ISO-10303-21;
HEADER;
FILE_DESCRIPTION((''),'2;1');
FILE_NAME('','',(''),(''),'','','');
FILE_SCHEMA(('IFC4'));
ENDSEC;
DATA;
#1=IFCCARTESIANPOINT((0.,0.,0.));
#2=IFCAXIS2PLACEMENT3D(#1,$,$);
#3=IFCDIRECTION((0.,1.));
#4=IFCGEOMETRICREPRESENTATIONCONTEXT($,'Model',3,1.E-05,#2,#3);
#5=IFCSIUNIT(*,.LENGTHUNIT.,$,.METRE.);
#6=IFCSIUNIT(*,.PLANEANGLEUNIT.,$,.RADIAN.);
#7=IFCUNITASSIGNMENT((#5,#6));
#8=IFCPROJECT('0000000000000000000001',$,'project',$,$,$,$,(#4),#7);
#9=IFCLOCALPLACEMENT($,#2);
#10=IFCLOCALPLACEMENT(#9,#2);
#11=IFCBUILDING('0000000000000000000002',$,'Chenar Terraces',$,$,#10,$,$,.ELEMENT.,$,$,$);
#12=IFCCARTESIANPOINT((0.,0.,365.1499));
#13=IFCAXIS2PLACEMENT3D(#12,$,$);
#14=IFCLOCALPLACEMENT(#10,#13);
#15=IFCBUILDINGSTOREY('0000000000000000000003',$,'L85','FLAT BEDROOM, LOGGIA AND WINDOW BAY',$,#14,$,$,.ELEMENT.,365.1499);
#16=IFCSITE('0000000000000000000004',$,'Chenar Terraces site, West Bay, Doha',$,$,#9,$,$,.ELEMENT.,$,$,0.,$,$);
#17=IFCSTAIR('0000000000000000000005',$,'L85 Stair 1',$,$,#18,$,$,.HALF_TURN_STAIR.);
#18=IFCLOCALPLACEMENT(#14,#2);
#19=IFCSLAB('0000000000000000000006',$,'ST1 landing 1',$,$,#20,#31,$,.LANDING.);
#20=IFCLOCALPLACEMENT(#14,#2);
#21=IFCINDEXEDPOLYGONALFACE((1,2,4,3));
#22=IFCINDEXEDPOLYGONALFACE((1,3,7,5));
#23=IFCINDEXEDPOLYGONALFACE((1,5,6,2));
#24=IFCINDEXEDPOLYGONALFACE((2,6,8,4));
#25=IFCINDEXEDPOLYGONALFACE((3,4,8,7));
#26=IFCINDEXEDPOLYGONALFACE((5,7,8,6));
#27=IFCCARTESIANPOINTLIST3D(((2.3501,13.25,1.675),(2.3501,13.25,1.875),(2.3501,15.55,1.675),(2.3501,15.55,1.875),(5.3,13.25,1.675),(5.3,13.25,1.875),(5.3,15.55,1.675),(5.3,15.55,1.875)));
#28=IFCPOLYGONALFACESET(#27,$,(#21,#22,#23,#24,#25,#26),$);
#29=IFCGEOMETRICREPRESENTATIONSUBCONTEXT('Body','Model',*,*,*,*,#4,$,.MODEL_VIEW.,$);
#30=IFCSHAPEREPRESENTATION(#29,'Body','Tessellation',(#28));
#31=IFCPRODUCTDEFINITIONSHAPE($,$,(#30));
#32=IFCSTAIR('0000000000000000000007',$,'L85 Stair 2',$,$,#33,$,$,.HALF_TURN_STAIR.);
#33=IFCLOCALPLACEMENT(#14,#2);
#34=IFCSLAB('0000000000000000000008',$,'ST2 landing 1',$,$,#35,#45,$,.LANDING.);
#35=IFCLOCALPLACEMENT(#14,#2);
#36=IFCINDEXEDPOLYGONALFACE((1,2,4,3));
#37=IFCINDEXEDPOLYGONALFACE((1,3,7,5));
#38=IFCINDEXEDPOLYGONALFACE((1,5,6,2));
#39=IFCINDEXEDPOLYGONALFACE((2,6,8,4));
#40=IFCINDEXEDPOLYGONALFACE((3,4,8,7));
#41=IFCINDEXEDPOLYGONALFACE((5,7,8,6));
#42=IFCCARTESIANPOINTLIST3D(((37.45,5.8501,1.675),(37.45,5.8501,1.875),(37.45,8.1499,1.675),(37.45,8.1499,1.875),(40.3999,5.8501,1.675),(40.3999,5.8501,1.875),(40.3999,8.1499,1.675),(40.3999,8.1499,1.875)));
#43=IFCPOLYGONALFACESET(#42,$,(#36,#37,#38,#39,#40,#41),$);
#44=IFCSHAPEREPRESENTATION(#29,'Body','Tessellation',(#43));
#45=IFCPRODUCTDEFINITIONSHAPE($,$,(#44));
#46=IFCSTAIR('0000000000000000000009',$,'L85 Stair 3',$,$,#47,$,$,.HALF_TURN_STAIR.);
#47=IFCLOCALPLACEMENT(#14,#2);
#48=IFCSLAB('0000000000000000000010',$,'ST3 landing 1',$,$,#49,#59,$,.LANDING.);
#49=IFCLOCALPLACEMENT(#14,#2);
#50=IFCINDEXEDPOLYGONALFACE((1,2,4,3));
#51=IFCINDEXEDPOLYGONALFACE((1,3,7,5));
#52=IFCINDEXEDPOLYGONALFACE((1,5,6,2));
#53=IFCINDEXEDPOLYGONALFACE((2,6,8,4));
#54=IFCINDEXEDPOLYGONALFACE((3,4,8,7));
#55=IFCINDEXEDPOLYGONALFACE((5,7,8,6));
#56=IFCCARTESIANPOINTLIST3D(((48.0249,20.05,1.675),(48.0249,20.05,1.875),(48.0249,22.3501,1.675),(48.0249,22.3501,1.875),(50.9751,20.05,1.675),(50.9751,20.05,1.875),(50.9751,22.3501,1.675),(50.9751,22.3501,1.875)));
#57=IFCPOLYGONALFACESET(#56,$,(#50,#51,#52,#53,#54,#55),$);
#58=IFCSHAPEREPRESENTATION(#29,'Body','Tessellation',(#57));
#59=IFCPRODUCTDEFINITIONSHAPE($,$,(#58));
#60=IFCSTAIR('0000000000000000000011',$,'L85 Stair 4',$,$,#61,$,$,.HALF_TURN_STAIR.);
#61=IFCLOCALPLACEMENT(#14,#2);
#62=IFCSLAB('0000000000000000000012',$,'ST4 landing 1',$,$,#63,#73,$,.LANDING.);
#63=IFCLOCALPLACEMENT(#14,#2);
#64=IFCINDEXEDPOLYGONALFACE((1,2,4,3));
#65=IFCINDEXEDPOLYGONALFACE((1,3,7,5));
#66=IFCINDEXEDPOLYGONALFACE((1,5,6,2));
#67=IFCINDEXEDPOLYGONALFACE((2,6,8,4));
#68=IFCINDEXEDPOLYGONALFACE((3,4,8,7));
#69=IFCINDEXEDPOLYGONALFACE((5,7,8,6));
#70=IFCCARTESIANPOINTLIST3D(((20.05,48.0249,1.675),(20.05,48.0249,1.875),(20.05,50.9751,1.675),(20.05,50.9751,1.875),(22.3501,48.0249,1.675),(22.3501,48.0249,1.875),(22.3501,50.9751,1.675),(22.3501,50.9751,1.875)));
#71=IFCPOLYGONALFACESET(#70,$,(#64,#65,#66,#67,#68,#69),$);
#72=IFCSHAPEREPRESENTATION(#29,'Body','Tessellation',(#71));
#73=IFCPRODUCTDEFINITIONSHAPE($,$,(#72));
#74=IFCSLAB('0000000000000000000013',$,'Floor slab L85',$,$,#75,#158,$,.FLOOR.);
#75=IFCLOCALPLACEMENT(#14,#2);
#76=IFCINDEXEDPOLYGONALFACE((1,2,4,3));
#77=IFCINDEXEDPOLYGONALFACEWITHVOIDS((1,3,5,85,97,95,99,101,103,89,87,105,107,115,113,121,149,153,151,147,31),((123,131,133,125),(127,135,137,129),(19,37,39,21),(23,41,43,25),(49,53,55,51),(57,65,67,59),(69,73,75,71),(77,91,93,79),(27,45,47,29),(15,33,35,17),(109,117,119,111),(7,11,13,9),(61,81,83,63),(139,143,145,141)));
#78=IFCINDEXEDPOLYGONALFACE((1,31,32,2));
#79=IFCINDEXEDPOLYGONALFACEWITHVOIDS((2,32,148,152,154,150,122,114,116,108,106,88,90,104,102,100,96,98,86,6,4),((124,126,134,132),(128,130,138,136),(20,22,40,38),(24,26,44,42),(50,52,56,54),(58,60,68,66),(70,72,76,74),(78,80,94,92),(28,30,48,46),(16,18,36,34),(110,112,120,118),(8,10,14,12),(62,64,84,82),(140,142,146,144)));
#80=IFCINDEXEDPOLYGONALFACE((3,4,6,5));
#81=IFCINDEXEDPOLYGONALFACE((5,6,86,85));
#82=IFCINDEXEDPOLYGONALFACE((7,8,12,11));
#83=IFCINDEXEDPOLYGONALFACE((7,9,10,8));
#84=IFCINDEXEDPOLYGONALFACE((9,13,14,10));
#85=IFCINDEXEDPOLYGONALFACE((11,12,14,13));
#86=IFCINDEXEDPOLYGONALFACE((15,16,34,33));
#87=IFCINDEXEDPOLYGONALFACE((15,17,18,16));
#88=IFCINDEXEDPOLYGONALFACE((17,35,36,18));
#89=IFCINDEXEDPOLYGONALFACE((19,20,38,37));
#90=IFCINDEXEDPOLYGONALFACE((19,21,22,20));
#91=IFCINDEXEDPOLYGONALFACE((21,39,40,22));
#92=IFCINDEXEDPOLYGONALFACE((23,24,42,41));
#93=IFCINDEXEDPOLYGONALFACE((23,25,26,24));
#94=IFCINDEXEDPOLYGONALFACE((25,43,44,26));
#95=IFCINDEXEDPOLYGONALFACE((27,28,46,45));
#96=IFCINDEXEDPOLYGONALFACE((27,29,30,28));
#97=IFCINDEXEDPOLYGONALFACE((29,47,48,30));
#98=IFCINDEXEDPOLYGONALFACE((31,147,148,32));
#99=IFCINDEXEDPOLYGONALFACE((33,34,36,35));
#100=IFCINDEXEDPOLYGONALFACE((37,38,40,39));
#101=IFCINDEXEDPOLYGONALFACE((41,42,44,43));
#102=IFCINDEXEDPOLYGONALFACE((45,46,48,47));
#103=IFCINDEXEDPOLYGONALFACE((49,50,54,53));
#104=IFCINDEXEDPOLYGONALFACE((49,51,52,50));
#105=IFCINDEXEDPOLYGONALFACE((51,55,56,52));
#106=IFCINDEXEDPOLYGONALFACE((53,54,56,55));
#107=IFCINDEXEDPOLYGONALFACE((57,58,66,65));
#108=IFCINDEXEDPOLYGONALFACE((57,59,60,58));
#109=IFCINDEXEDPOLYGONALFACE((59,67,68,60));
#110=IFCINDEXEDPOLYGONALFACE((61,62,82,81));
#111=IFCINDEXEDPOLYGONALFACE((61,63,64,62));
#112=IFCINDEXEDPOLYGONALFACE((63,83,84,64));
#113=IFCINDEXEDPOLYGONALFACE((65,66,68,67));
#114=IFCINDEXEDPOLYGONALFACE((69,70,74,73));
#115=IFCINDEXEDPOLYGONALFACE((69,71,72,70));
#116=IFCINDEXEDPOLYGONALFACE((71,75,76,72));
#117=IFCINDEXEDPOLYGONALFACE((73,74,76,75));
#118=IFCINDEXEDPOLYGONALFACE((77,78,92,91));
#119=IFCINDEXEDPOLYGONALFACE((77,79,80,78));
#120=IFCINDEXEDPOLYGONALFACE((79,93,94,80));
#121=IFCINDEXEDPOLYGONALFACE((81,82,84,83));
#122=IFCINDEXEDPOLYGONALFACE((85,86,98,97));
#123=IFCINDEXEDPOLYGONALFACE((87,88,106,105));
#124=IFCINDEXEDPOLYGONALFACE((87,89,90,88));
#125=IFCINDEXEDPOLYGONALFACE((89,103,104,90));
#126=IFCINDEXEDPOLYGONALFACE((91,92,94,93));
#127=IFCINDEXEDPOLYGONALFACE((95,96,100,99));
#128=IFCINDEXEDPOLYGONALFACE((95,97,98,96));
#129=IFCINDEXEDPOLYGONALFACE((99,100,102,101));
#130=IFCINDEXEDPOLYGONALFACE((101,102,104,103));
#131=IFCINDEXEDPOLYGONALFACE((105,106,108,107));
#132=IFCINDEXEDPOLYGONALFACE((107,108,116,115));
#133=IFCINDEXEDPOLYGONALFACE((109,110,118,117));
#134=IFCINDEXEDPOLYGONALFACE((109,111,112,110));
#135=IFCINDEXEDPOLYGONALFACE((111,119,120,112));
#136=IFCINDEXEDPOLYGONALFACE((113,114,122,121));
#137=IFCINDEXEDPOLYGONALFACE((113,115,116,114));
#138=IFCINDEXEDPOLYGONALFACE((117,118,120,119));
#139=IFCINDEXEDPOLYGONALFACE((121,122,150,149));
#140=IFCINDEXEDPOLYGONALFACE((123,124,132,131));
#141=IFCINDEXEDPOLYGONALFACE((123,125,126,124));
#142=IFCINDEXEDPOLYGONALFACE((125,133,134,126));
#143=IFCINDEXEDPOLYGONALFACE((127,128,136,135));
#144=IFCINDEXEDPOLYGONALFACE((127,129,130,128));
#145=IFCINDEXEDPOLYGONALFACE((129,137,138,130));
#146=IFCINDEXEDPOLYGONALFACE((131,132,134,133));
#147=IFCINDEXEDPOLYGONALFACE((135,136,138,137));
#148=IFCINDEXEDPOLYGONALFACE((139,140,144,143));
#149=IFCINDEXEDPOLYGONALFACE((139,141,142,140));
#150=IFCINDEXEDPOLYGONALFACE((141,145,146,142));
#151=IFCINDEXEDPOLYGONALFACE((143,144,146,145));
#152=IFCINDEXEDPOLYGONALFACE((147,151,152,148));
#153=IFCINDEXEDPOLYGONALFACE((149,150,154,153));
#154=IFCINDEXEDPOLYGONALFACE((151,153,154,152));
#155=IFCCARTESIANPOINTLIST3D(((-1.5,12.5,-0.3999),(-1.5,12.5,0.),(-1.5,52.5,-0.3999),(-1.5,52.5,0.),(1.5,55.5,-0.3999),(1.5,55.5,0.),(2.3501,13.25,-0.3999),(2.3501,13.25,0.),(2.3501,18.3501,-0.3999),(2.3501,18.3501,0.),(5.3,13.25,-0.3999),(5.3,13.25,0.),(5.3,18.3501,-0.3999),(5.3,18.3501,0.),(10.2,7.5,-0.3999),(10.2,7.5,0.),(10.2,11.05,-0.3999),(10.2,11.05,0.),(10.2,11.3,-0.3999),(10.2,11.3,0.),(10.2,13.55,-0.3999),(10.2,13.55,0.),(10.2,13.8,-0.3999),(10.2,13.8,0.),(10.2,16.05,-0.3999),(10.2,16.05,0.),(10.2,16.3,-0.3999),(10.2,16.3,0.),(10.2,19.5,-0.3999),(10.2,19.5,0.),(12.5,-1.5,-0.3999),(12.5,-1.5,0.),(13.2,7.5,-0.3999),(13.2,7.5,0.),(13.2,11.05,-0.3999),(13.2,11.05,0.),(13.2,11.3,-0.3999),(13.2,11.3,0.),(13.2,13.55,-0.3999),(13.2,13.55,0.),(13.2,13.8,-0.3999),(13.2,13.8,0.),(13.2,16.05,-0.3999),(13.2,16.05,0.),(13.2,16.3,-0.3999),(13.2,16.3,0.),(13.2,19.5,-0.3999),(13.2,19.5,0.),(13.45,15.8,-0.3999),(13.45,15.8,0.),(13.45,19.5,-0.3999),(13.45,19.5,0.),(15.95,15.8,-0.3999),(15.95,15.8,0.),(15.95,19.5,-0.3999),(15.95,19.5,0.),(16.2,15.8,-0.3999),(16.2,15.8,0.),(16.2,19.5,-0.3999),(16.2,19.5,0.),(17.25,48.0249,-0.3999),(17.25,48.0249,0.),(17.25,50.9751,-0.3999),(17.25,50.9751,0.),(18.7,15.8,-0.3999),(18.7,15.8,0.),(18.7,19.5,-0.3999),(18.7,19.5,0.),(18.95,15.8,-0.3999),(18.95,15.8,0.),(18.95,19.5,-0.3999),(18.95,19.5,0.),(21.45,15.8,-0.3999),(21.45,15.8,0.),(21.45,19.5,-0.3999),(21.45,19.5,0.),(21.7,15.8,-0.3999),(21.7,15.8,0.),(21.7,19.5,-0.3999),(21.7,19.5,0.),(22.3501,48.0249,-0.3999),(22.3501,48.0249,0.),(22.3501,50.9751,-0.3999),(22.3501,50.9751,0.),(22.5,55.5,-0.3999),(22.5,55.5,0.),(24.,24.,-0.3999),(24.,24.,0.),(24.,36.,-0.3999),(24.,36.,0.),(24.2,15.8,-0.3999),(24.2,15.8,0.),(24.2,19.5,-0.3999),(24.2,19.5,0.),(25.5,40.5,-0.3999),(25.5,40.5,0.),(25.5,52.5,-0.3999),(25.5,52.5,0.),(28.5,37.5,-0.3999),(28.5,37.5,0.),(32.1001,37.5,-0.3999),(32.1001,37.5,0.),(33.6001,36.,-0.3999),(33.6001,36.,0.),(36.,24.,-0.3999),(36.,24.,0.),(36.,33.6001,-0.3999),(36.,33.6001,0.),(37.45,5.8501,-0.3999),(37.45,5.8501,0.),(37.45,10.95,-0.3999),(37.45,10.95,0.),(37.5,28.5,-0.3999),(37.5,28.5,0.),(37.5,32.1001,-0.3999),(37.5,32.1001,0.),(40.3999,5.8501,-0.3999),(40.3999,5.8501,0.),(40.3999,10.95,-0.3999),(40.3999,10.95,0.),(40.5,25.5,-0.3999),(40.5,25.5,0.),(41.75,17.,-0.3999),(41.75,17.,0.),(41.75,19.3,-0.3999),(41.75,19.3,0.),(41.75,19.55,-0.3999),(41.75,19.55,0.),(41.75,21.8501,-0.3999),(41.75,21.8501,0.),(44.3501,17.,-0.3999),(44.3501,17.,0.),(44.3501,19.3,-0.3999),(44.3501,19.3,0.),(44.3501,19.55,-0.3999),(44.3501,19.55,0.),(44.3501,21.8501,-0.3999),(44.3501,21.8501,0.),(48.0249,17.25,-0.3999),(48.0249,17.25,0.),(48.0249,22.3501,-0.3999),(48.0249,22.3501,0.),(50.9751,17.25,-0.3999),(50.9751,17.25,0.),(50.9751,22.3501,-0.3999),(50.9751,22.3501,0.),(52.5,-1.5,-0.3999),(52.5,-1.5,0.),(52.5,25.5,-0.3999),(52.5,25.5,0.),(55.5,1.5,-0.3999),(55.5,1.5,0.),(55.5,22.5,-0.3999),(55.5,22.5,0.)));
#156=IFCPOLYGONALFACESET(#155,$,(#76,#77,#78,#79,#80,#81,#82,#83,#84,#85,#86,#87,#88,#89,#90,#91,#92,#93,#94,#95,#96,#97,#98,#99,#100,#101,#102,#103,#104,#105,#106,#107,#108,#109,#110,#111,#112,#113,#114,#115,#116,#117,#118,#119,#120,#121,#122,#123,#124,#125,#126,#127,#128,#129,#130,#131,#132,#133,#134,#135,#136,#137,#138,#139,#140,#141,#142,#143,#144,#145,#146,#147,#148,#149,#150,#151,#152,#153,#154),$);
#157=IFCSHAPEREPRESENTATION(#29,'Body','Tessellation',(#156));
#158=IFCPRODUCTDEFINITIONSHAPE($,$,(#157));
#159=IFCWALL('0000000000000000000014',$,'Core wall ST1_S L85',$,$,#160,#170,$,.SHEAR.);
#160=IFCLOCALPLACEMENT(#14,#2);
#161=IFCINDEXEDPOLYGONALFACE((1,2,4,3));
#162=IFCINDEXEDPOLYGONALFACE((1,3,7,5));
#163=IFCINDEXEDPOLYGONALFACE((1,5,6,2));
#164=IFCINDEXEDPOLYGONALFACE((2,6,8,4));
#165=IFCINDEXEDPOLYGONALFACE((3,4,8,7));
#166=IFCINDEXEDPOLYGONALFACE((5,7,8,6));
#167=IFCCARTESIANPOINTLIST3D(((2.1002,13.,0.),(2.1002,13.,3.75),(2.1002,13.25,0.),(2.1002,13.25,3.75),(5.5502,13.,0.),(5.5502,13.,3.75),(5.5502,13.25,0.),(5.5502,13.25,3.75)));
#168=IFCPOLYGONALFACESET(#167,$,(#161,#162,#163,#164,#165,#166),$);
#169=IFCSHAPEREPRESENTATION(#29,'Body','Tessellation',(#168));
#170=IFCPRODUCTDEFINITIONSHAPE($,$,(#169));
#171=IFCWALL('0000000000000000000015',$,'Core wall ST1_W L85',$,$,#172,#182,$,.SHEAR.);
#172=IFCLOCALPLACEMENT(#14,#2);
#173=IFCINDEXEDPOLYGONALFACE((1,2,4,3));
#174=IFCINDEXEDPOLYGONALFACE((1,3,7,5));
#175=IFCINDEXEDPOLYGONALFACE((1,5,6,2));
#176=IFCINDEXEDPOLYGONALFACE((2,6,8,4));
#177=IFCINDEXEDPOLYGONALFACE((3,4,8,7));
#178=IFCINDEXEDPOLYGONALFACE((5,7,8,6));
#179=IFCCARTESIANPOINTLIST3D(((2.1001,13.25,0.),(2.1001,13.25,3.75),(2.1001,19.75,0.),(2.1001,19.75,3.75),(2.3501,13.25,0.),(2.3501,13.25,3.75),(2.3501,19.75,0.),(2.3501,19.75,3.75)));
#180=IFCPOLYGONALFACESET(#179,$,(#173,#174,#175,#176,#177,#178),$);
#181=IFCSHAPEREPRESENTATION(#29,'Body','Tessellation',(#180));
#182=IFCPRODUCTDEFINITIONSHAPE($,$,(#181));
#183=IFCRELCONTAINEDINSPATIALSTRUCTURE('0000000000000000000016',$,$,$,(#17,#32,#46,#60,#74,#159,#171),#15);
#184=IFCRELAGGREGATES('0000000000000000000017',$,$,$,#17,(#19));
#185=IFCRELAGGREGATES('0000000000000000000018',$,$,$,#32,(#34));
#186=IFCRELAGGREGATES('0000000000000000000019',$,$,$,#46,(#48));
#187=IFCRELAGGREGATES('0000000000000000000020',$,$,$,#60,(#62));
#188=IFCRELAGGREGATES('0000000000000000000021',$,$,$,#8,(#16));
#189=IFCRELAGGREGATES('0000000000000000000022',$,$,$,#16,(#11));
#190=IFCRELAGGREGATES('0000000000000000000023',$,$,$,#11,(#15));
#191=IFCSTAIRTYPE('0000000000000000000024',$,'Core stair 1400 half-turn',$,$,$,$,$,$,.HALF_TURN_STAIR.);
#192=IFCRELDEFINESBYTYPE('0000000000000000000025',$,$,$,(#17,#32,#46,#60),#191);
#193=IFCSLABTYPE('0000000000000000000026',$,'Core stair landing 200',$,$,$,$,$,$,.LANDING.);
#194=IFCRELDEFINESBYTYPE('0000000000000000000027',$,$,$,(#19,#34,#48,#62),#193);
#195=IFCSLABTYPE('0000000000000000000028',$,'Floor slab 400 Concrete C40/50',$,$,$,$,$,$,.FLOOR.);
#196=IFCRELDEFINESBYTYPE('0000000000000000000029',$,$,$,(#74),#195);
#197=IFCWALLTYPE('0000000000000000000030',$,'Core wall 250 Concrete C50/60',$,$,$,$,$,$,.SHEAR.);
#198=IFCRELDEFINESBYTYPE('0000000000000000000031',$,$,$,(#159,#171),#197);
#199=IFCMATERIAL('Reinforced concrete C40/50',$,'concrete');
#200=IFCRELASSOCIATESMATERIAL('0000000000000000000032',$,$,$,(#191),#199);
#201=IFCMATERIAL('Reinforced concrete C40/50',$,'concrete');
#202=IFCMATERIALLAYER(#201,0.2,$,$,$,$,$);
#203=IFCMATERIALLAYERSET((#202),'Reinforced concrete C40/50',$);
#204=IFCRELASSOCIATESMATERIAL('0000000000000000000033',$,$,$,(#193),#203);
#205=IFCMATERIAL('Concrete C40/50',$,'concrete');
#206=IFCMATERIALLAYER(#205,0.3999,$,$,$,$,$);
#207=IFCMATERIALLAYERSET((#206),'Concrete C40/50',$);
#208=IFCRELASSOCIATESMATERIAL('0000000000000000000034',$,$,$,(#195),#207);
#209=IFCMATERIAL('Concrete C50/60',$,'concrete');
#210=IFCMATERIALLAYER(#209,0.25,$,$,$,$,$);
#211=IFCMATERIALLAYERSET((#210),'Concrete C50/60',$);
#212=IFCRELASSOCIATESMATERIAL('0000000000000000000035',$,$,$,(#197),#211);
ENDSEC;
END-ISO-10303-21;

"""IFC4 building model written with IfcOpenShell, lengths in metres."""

from ifc_helpers import new_model, si_unit, direction, frame, frame_2d, origin, place, context, subcontext, project, spatial, polyline, rectangle, outline, extrude, material, layer, layer_set, type_object, element, aggregate, save


model = new_model("IFC4")

# Units and contexts
model_context = context("Model", 3, precision=1e-05, world=origin(), true_north=direction((0.0, 1.0)))
body_context = subcontext(model_context, "Body", "Model", "MODEL_VIEW")
ifc_project = project(units=[si_unit("LENGTHUNIT", "METRE"), si_unit("PLANEANGLEUNIT", "RADIAN")], contexts=[model_context])

# Site, building, storey
site_placement = place(None, origin())
site = spatial("IfcSite", under=ifc_project, at=site_placement, Name="Chenar Terraces site, West Bay, Doha", CompositionType="ELEMENT", RefElevation=0.0)
building_placement = place(site_placement, origin())
building = spatial("IfcBuilding", under=site, at=building_placement, Name="Chenar Terraces", CompositionType="ELEMENT")
storey_placement = place(building_placement, frame((0.0, 0.0, 365.1499)))
storey = spatial("IfcBuildingStorey", under=building, at=storey_placement, Name="L85", Description="FLAT BEDROOM, LOGGIA AND WINDOW BAY", CompositionType="ELEMENT", Elevation=365.1499)

# Stairs, slabs
ifc_material_1 = material(Name="Reinforced concrete C40/50", Category="concrete")
stair_type = type_object("IfcStairType", Name="Core stair 1400 half-turn", PredefinedType="HALF_TURN_STAIR", material=ifc_material_1)
placement_1 = place(storey_placement, origin())
stair_1 = element("IfcStair", 1, at=placement_1, inside=storey, type_object=stair_type, Name="L85 Stair 1", PredefinedType="HALF_TURN_STAIR")
ifc_material_2 = material(Name="Reinforced concrete C40/50", Category="concrete")
ifc_layer_1 = layer(ifc_material_2, 0.2)
ifc_layer_set_1 = layer_set([ifc_layer_1], Name="Reinforced concrete C40/50")
slab_type_1 = type_object("IfcSlabType", Name="Core stair landing 200", PredefinedType="LANDING", material=ifc_layer_set_1)
placement_2 = place(storey_placement, frame((0.0, 0.0, 1.675)))
slab_1 = element("IfcSlab", 2, at=placement_2, type_object=slab_type_1, Name="ST1 landing 1", PredefinedType="LANDING", context=body_context, shape_type="SweptSolid", body=[
    extrude(outline(polyline([(2.3501, 15.55), (2.3501, 13.25), (5.3, 13.25), (5.3, 15.55), (2.3501, 15.55)])), origin(), (0.0, 0.0, 1.0), 0.2),
])
aggregate(stair_1, [slab_1])
stair_2 = element("IfcStair", 3, at=placement_1, inside=storey, type_object=stair_type, Name="L85 Stair 2", PredefinedType="HALF_TURN_STAIR")
slab_2 = element("IfcSlab", 4, at=placement_2, type_object=slab_type_1, Name="ST2 landing 1", PredefinedType="LANDING", context=body_context, shape_type="SweptSolid", body=[
    extrude(outline(polyline([(37.45, 8.1499), (37.45, 5.8501), (40.3999, 5.8501), (40.3999, 8.1499), (37.45, 8.1499)])), origin(), (0.0, 0.0, 1.0), 0.2),
])
aggregate(stair_2, [slab_2])
stair_3 = element("IfcStair", 5, at=placement_1, inside=storey, type_object=stair_type, Name="L85 Stair 3", PredefinedType="HALF_TURN_STAIR")
slab_3 = element("IfcSlab", 6, at=placement_2, type_object=slab_type_1, Name="ST3 landing 1", PredefinedType="LANDING", context=body_context, shape_type="SweptSolid", body=[
    extrude(outline(polyline([(50.9751, 20.05), (50.9751, 22.3501), (48.0249, 22.3501), (48.0249, 20.05), (50.9751, 20.05)])), origin(), (0.0, 0.0, 1.0), 0.2),
])
aggregate(stair_3, [slab_3])
stair_4 = element("IfcStair", 7, at=placement_1, inside=storey, type_object=stair_type, Name="L85 Stair 4", PredefinedType="HALF_TURN_STAIR")
slab_4 = element("IfcSlab", 8, at=placement_2, type_object=slab_type_1, Name="ST4 landing 1", PredefinedType="LANDING", context=body_context, shape_type="SweptSolid", body=[
    extrude(outline(polyline([(20.05, 48.0249), (22.3501, 48.0249), (22.3501, 50.9751), (20.05, 50.9751), (20.05, 48.0249)])), origin(), (0.0, 0.0, 1.0), 0.2),
])
aggregate(stair_4, [slab_4])

# Slab
ifc_material_3 = material(Name="Concrete C40/50", Category="concrete")
ifc_layer_2 = layer(ifc_material_3, 0.3999)
ifc_layer_set_2 = layer_set([ifc_layer_2], Name="Concrete C40/50")
slab_type_2 = type_object("IfcSlabType", Name="Floor slab 400 Concrete C40/50", PredefinedType="FLOOR", material=ifc_layer_set_2)
slab_5_placement = place(storey_placement, frame((0.0, 0.0, -0.3999)))
element("IfcSlab", 9, at=slab_5_placement, inside=storey, type_object=slab_type_2, Name="Floor slab L85", PredefinedType="FLOOR", context=body_context, shape_type="SweptSolid", body=[
    extrude(outline(polyline([(55.5, 22.5), (55.5, 1.5), (52.5, -1.5), (12.5, -1.5), (-1.5, 12.5), (-1.5, 52.5), (1.5, 55.5), (22.5, 55.5), (25.5, 52.5), (25.5, 40.5), (28.5, 37.5), (32.1001, 37.5), (33.6001, 36.0), (24.0, 36.0), (24.0, 24.0), (36.0, 24.0), (36.0, 33.6001), (37.5, 32.1001), (37.5, 28.5), (40.5, 25.5), (52.5, 25.5), (55.5, 22.5)]), holes=[polyline([(10.2, 11.05), (10.2, 7.5), (13.2, 7.5), (13.2, 11.05), (10.2, 11.05)]), polyline([(13.2, 13.55), (10.2, 13.55), (10.2, 11.3), (13.2, 11.3), (13.2, 13.55)]), polyline([(13.2, 16.05), (10.2, 16.05), (10.2, 13.8), (13.2, 13.8), (13.2, 16.05)]), polyline([(2.3501, 13.25), (5.3, 13.25), (5.3, 18.3501), (2.3501, 18.3501), (2.3501, 13.25)]), polyline([(15.95, 19.5), (13.45, 19.5), (13.45, 15.8), (15.95, 15.8), (15.95, 19.5)]), polyline([(18.7, 19.5), (16.2, 19.5), (16.2, 15.8), (18.7, 15.8), (18.7, 19.5)]), polyline([(13.2, 19.5), (10.2, 19.5), (10.2, 16.3), (13.2, 16.3), (13.2, 19.5)]), polyline([(22.3501, 48.0249), (22.3501, 50.9751), (17.25, 50.9751), (17.25, 48.0249), (22.3501, 48.0249)]), polyline([(37.45, 5.8501), (40.3999, 5.8501), (40.3999, 10.95), (37.45, 10.95), (37.45, 5.8501)]), polyline([(21.45, 19.5), (18.95, 19.5), (18.95, 15.8), (21.45, 15.8), (21.45, 19.5)]), polyline([(24.2, 19.5), (21.7, 19.5), (21.7, 15.8), (24.2, 15.8), (24.2, 19.5)]), polyline([(44.3501, 19.3), (41.75, 19.3), (41.75, 17.0), (44.3501, 17.0), (44.3501, 19.3)]), polyline([(50.9751, 22.3501), (48.0249, 22.3501), (48.0249, 17.25), (50.9751, 17.25), (50.9751, 22.3501)]), polyline([(44.3501, 21.8501), (41.75, 21.8501), (41.75, 19.55), (44.3501, 19.55), (44.3501, 21.8501)])]), origin(), (0.0, 0.0, 1.0), 0.3999),
])

# Walls
ifc_material_4 = material(Name="Concrete C50/60", Category="concrete")
ifc_layer_3 = layer(ifc_material_4, 0.25)
ifc_layer_set_3 = layer_set([ifc_layer_3], Name="Concrete C50/60")
wall_type_1 = type_object("IfcWallType", Name="Core wall 250 Concrete C50/60", PredefinedType="SHEAR", material=ifc_layer_set_3)
wall_1_placement = place(storey_placement, frame((2.1001, 13.125, 0.0), z_axis=(0.0, 0.0, 1.0), x_axis=(1.0, 0.0, 0.0)))
element("IfcWall", 10, at=wall_1_placement, inside=storey, type_object=wall_type_1, Name="Core wall ST1_S L85", PredefinedType="SHEAR", context=body_context, shape_type="SweptSolid", body=[
    extrude(rectangle(XDim=3.45, YDim=0.25, at=frame_2d((1.7251, 0.0))), origin(), (0.0, 0.0, 1.0), 3.75),
])
wall_2_placement = place(storey_placement, frame((2.2251, 13.25, 0.0), z_axis=(0.0, 0.0, 1.0), x_axis=(0.0, 1.0, 0.0)))
element("IfcWall", 11, at=wall_2_placement, inside=storey, type_object=wall_type_1, Name="Core wall ST1_W L85", PredefinedType="SHEAR", context=body_context, shape_type="SweptSolid", body=[
    extrude(rectangle(XDim=6.5, YDim=0.25, at=frame_2d((3.25, 0.0))), origin(), (0.0, 0.0, 1.0), 3.75),
])

save(model, "model.ifc")
